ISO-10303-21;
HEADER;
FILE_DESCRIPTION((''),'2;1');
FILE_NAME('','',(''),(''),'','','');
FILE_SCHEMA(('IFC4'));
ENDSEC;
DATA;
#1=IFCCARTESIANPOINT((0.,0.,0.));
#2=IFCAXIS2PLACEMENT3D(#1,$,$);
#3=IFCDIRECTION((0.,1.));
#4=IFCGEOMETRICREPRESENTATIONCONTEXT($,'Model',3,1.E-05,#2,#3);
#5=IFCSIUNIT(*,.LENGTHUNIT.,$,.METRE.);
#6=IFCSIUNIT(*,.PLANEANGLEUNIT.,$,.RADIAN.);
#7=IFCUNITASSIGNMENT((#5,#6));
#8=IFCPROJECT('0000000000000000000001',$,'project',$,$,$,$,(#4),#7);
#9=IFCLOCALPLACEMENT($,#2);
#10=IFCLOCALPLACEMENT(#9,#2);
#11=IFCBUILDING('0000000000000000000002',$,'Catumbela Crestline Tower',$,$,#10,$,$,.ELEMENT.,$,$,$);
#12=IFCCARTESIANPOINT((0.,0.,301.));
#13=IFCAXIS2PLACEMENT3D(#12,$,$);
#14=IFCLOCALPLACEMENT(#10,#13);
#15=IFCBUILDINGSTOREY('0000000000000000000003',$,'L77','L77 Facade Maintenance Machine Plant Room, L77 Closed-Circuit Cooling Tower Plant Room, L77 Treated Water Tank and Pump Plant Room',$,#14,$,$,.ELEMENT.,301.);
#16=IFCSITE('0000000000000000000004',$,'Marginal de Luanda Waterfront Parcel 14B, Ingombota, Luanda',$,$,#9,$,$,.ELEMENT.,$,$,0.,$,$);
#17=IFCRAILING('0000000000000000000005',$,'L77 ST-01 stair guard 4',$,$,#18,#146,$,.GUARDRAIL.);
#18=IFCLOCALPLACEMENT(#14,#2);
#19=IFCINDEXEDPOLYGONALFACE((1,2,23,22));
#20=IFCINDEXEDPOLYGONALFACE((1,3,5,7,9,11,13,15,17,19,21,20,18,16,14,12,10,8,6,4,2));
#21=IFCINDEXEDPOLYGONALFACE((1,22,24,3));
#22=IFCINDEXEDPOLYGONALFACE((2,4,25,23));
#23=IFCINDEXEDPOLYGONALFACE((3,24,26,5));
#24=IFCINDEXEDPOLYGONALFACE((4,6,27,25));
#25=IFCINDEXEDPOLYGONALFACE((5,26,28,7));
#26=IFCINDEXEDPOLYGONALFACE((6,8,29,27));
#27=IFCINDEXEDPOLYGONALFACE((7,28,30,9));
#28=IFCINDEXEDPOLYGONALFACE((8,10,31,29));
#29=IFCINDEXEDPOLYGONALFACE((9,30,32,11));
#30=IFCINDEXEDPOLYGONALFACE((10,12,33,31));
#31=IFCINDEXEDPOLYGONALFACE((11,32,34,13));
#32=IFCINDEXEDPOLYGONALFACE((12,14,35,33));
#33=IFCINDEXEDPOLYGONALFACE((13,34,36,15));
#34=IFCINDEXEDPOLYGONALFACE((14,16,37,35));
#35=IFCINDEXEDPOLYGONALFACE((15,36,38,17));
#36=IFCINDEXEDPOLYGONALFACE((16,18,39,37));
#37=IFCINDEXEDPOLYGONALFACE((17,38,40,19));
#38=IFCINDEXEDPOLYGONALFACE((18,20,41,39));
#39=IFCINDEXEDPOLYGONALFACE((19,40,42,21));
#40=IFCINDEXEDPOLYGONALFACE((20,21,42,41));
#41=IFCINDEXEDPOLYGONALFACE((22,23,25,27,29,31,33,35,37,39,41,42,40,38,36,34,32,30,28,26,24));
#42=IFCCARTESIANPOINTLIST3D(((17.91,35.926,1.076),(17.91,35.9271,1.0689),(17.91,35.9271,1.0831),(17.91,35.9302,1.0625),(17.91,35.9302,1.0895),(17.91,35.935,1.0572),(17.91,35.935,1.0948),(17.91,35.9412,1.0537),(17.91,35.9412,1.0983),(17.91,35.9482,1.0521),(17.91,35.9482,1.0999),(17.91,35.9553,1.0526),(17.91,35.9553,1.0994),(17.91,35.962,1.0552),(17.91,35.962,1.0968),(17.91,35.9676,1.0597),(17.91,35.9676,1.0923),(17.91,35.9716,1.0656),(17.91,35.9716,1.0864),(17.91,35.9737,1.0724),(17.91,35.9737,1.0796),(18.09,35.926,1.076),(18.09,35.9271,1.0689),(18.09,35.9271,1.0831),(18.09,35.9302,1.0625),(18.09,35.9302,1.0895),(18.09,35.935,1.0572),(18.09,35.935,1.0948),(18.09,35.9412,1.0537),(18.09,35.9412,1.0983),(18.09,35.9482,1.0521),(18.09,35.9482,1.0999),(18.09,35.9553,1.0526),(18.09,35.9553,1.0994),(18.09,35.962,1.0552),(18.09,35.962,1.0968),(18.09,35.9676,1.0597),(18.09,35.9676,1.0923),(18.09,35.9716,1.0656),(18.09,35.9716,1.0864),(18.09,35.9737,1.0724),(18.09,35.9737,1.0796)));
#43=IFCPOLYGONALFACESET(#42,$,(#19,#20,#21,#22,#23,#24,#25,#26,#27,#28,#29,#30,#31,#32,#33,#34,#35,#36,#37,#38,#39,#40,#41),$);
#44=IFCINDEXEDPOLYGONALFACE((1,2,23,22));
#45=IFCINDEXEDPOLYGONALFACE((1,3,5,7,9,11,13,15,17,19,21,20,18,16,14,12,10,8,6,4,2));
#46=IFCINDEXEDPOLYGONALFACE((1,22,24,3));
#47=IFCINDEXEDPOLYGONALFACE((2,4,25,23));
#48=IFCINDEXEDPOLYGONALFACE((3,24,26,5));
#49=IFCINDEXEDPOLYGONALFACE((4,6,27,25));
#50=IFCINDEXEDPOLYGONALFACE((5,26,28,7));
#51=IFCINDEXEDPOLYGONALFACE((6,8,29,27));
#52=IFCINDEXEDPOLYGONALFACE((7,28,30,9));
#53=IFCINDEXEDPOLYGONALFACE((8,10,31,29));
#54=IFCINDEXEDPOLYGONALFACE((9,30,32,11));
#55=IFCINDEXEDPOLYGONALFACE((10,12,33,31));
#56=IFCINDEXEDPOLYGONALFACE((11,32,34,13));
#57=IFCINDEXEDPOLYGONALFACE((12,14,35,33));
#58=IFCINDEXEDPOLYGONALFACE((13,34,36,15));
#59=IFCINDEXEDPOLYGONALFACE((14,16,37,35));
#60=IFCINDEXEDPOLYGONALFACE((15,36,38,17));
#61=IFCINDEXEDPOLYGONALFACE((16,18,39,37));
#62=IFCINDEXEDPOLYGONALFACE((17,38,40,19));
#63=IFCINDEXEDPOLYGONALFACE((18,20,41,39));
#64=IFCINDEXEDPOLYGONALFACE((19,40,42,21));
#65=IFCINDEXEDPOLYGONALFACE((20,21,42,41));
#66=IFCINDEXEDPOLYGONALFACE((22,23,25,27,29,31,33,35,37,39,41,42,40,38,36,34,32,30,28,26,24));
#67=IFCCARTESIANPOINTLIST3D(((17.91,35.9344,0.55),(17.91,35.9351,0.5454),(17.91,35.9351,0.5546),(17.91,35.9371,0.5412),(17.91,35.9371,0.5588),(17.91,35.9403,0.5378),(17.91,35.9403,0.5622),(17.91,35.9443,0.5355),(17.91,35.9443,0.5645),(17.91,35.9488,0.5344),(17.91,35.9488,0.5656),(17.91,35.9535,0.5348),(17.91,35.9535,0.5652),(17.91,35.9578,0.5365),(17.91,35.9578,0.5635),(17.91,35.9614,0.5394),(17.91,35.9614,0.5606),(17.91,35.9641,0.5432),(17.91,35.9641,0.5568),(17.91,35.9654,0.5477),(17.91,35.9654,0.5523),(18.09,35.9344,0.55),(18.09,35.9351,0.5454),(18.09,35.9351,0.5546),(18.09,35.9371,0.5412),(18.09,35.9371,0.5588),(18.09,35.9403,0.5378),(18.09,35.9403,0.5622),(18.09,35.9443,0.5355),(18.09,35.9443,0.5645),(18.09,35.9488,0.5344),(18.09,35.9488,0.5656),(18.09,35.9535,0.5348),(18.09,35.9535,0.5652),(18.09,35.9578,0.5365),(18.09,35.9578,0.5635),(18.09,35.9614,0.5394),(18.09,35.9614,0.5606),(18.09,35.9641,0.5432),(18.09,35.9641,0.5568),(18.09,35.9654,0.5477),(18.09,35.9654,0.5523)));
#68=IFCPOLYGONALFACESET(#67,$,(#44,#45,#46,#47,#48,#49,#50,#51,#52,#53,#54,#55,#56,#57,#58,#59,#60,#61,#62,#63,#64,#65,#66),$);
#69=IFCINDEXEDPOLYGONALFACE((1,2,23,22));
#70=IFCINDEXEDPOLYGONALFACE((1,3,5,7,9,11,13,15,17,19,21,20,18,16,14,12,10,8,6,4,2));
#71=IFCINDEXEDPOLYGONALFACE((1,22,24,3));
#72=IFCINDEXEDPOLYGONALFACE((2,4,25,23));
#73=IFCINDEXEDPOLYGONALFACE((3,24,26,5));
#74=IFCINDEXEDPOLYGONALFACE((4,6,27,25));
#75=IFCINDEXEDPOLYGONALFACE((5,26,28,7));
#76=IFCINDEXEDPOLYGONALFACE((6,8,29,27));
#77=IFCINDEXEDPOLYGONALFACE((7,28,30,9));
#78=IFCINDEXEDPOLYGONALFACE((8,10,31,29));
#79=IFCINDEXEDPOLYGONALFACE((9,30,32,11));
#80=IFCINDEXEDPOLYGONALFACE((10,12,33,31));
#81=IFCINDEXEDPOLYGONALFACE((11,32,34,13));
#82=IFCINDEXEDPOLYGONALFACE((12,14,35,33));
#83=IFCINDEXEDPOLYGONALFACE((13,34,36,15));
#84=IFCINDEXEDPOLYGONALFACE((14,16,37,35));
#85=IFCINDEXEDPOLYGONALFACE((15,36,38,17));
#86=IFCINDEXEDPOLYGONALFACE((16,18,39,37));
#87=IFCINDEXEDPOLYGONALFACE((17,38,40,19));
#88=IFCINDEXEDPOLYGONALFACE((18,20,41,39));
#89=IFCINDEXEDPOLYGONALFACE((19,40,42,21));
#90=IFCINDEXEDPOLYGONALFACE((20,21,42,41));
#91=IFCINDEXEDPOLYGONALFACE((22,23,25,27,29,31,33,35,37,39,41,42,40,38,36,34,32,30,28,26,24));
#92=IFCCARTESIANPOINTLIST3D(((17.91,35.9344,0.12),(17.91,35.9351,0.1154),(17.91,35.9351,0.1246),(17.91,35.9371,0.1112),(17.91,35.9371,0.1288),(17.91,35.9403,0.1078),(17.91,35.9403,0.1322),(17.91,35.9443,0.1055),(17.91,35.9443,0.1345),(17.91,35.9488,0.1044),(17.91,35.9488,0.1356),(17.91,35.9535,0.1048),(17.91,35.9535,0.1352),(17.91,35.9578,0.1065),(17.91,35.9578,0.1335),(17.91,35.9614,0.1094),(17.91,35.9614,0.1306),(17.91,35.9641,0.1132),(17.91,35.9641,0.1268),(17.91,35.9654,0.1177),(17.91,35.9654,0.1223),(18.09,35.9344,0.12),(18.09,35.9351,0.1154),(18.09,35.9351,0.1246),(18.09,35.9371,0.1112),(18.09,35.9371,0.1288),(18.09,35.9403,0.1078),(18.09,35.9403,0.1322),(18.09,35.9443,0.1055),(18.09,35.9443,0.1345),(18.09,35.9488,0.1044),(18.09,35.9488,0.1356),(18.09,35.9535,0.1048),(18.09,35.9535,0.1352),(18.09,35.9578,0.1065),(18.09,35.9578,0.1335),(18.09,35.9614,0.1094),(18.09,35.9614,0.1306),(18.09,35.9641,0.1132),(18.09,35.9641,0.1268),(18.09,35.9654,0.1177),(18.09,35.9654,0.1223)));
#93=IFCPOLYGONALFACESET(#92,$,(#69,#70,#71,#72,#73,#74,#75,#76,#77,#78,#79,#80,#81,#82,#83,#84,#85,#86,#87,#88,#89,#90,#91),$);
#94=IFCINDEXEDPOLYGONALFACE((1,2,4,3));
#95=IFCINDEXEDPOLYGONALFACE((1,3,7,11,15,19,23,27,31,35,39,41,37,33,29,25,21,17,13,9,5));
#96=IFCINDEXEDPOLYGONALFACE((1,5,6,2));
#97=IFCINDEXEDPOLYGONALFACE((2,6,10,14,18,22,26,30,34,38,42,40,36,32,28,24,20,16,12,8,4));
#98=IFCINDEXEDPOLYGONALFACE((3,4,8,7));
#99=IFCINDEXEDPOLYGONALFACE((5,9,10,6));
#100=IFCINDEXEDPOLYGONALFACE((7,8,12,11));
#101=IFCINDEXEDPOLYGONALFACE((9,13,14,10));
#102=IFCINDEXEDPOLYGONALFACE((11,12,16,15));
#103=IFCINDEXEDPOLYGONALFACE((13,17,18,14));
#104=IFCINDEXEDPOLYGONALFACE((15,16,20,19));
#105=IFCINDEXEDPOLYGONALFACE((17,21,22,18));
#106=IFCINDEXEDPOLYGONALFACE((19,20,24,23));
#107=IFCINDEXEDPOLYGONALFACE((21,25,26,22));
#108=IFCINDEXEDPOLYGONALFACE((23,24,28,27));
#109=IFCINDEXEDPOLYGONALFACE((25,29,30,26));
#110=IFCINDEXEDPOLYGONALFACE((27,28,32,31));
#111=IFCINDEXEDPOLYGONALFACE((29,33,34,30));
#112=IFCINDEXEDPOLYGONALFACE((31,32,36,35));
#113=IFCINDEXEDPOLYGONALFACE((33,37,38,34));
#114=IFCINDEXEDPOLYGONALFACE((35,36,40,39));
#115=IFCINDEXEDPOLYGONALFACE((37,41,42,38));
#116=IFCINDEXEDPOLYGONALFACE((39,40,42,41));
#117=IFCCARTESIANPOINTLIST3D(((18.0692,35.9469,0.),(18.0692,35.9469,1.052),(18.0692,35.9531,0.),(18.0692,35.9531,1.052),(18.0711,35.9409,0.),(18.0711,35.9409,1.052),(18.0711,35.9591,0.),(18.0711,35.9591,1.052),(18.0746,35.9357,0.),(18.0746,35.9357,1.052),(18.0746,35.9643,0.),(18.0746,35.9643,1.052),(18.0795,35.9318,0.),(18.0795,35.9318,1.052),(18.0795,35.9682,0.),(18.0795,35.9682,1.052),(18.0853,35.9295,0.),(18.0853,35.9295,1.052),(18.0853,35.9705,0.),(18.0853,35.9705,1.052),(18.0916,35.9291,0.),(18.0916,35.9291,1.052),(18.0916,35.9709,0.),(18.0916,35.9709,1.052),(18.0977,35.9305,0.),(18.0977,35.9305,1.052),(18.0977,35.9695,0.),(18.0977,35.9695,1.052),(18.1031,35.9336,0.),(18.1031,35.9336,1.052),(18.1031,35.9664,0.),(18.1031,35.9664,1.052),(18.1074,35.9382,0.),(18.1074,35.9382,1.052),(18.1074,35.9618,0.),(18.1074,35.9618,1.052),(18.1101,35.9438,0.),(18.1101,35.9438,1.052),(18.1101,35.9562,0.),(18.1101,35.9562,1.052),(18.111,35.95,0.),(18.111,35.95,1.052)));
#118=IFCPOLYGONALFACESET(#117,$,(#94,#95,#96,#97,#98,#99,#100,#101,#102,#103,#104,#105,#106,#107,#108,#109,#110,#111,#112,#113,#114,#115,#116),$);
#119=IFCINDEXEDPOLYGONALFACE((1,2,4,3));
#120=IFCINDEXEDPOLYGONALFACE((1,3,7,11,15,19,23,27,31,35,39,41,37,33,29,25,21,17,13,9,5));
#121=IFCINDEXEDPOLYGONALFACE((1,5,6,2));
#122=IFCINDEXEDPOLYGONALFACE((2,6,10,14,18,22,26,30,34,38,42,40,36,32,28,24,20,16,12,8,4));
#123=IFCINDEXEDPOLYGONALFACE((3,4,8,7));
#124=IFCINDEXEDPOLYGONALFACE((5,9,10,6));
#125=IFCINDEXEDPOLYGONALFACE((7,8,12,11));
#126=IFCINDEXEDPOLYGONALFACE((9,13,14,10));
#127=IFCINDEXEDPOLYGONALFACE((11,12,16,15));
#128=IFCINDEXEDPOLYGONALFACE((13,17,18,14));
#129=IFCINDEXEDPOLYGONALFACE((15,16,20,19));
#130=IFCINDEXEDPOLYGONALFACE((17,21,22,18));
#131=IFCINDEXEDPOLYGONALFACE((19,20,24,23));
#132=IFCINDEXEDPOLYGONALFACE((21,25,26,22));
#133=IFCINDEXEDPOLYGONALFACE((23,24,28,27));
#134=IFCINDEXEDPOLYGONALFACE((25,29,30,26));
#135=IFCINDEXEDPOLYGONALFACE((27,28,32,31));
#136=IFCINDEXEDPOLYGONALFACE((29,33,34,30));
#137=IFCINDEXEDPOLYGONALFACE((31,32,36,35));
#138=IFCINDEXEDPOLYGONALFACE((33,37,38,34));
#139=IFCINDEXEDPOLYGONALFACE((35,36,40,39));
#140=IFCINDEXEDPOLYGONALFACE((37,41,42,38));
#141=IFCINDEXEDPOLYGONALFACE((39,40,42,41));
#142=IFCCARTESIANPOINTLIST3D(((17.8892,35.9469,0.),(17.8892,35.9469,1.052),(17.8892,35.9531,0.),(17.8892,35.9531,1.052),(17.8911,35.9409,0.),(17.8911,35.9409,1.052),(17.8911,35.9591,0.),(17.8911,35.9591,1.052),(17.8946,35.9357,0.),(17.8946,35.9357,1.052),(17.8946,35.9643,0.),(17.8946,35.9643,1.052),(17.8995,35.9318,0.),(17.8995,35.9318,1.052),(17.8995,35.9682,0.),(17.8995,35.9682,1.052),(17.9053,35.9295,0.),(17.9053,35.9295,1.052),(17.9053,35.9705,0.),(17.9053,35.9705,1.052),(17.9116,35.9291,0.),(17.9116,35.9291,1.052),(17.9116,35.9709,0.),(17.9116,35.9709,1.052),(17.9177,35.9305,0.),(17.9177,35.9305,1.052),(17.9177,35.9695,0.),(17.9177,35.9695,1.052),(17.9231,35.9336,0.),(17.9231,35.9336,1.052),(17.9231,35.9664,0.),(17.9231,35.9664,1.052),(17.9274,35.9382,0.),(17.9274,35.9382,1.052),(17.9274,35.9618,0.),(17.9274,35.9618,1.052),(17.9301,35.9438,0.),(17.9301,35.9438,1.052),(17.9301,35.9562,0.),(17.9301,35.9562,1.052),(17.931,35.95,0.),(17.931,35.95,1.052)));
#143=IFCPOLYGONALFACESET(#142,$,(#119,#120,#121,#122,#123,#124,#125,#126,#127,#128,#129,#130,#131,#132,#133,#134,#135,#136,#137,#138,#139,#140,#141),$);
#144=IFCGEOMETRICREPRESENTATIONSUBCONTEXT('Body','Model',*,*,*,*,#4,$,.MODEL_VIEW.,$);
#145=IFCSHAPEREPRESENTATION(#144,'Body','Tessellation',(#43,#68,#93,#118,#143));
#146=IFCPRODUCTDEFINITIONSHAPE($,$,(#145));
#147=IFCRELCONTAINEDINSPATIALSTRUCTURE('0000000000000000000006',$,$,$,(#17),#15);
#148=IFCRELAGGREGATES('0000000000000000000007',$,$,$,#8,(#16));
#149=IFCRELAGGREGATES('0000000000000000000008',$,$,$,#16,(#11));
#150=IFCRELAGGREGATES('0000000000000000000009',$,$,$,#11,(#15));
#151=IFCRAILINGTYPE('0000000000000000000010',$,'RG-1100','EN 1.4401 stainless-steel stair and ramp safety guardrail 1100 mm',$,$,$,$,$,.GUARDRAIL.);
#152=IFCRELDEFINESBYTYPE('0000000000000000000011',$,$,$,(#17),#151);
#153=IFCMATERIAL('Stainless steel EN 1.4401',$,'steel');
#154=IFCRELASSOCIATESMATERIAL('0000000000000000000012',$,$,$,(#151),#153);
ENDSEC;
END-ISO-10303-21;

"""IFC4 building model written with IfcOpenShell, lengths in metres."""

from ifc_helpers import new_model, si_unit, direction, frame, origin, origin_2d, place, context, subcontext, project, spatial, circle, extrude, material, type_object, element, save


model = new_model("IFC4")

# Units and contexts
model_context = context("Model", 3, precision=1e-05, world=origin(), true_north=direction((0.0, 1.0)))
body_context = subcontext(model_context, "Body", "Model", "MODEL_VIEW")
ifc_project = project(units=[si_unit("LENGTHUNIT", "METRE"), si_unit("PLANEANGLEUNIT", "RADIAN")], contexts=[model_context])

# Site, building, storey
site_placement = place(None, origin())
site = spatial("IfcSite", under=ifc_project, at=site_placement, Name="Marginal de Luanda Waterfront Parcel 14B, Ingombota, Luanda", CompositionType="ELEMENT", RefElevation=0.0)
building_placement = place(site_placement, origin())
building = spatial("IfcBuilding", under=site, at=building_placement, Name="Catumbela Crestline Tower", CompositionType="ELEMENT")
storey_placement = place(building_placement, frame((0.0, 0.0, 301.0)))
storey = spatial("IfcBuildingStorey", under=building, at=storey_placement, Name="L77", Description="L77 Facade Maintenance Machine Plant Room, L77 Closed-Circuit Cooling Tower Plant Room, L77 Treated Water Tank and Pump Plant Room", CompositionType="ELEMENT", Elevation=301.0)

# Shared definitions
ifc_material_1 = material(Name="Stainless steel EN 1.4401", Category="steel")

# Railing
railing_type_1 = type_object("IfcRailingType", Name="RG-1100", Description="EN 1.4401 stainless-steel stair and ramp safety guardrail 1100 mm", PredefinedType="GUARDRAIL", material=ifc_material_1)
railing_1_placement = place(storey_placement, frame((18.09, 35.95, 0.0)))
element("IfcRailing", 1, at=railing_1_placement, inside=storey, type_object=railing_type_1, Name="L77 ST-01 stair guard 4", PredefinedType="GUARDRAIL", context=body_context, shape_type="SweptSolid", body=[
    extrude(circle(Radius=0.024, at=origin_2d()), frame((0.0, 0.0, 1.076), z_axis=(-1.0, 0.0, 0.0), x_axis=(0.0, -1.0, 0.0)), (0.0, 0.0, 1.0), 0.18),
    extrude(circle(Radius=0.0156, at=origin_2d()), frame((0.0, 0.0, 0.55), z_axis=(-1.0, 0.0, 0.0), x_axis=(0.0, -1.0, 0.0)), (0.0, 0.0, 1.0), 0.18),
    extrude(circle(Radius=0.0156, at=origin_2d()), frame((0.0, 0.0, 0.12), z_axis=(-1.0, 0.0, 0.0), x_axis=(0.0, -1.0, 0.0)), (0.0, 0.0, 1.0), 0.18),
    extrude(circle(Radius=0.021, at=origin_2d()), origin(), (0.0, 0.0, 1.0), 1.052),
    extrude(circle(Radius=0.021, at=origin_2d()), frame((-0.18, 0.0, 0.0)), (0.0, 0.0, 1.0), 1.052),
])

save(model, "model.ifc")
